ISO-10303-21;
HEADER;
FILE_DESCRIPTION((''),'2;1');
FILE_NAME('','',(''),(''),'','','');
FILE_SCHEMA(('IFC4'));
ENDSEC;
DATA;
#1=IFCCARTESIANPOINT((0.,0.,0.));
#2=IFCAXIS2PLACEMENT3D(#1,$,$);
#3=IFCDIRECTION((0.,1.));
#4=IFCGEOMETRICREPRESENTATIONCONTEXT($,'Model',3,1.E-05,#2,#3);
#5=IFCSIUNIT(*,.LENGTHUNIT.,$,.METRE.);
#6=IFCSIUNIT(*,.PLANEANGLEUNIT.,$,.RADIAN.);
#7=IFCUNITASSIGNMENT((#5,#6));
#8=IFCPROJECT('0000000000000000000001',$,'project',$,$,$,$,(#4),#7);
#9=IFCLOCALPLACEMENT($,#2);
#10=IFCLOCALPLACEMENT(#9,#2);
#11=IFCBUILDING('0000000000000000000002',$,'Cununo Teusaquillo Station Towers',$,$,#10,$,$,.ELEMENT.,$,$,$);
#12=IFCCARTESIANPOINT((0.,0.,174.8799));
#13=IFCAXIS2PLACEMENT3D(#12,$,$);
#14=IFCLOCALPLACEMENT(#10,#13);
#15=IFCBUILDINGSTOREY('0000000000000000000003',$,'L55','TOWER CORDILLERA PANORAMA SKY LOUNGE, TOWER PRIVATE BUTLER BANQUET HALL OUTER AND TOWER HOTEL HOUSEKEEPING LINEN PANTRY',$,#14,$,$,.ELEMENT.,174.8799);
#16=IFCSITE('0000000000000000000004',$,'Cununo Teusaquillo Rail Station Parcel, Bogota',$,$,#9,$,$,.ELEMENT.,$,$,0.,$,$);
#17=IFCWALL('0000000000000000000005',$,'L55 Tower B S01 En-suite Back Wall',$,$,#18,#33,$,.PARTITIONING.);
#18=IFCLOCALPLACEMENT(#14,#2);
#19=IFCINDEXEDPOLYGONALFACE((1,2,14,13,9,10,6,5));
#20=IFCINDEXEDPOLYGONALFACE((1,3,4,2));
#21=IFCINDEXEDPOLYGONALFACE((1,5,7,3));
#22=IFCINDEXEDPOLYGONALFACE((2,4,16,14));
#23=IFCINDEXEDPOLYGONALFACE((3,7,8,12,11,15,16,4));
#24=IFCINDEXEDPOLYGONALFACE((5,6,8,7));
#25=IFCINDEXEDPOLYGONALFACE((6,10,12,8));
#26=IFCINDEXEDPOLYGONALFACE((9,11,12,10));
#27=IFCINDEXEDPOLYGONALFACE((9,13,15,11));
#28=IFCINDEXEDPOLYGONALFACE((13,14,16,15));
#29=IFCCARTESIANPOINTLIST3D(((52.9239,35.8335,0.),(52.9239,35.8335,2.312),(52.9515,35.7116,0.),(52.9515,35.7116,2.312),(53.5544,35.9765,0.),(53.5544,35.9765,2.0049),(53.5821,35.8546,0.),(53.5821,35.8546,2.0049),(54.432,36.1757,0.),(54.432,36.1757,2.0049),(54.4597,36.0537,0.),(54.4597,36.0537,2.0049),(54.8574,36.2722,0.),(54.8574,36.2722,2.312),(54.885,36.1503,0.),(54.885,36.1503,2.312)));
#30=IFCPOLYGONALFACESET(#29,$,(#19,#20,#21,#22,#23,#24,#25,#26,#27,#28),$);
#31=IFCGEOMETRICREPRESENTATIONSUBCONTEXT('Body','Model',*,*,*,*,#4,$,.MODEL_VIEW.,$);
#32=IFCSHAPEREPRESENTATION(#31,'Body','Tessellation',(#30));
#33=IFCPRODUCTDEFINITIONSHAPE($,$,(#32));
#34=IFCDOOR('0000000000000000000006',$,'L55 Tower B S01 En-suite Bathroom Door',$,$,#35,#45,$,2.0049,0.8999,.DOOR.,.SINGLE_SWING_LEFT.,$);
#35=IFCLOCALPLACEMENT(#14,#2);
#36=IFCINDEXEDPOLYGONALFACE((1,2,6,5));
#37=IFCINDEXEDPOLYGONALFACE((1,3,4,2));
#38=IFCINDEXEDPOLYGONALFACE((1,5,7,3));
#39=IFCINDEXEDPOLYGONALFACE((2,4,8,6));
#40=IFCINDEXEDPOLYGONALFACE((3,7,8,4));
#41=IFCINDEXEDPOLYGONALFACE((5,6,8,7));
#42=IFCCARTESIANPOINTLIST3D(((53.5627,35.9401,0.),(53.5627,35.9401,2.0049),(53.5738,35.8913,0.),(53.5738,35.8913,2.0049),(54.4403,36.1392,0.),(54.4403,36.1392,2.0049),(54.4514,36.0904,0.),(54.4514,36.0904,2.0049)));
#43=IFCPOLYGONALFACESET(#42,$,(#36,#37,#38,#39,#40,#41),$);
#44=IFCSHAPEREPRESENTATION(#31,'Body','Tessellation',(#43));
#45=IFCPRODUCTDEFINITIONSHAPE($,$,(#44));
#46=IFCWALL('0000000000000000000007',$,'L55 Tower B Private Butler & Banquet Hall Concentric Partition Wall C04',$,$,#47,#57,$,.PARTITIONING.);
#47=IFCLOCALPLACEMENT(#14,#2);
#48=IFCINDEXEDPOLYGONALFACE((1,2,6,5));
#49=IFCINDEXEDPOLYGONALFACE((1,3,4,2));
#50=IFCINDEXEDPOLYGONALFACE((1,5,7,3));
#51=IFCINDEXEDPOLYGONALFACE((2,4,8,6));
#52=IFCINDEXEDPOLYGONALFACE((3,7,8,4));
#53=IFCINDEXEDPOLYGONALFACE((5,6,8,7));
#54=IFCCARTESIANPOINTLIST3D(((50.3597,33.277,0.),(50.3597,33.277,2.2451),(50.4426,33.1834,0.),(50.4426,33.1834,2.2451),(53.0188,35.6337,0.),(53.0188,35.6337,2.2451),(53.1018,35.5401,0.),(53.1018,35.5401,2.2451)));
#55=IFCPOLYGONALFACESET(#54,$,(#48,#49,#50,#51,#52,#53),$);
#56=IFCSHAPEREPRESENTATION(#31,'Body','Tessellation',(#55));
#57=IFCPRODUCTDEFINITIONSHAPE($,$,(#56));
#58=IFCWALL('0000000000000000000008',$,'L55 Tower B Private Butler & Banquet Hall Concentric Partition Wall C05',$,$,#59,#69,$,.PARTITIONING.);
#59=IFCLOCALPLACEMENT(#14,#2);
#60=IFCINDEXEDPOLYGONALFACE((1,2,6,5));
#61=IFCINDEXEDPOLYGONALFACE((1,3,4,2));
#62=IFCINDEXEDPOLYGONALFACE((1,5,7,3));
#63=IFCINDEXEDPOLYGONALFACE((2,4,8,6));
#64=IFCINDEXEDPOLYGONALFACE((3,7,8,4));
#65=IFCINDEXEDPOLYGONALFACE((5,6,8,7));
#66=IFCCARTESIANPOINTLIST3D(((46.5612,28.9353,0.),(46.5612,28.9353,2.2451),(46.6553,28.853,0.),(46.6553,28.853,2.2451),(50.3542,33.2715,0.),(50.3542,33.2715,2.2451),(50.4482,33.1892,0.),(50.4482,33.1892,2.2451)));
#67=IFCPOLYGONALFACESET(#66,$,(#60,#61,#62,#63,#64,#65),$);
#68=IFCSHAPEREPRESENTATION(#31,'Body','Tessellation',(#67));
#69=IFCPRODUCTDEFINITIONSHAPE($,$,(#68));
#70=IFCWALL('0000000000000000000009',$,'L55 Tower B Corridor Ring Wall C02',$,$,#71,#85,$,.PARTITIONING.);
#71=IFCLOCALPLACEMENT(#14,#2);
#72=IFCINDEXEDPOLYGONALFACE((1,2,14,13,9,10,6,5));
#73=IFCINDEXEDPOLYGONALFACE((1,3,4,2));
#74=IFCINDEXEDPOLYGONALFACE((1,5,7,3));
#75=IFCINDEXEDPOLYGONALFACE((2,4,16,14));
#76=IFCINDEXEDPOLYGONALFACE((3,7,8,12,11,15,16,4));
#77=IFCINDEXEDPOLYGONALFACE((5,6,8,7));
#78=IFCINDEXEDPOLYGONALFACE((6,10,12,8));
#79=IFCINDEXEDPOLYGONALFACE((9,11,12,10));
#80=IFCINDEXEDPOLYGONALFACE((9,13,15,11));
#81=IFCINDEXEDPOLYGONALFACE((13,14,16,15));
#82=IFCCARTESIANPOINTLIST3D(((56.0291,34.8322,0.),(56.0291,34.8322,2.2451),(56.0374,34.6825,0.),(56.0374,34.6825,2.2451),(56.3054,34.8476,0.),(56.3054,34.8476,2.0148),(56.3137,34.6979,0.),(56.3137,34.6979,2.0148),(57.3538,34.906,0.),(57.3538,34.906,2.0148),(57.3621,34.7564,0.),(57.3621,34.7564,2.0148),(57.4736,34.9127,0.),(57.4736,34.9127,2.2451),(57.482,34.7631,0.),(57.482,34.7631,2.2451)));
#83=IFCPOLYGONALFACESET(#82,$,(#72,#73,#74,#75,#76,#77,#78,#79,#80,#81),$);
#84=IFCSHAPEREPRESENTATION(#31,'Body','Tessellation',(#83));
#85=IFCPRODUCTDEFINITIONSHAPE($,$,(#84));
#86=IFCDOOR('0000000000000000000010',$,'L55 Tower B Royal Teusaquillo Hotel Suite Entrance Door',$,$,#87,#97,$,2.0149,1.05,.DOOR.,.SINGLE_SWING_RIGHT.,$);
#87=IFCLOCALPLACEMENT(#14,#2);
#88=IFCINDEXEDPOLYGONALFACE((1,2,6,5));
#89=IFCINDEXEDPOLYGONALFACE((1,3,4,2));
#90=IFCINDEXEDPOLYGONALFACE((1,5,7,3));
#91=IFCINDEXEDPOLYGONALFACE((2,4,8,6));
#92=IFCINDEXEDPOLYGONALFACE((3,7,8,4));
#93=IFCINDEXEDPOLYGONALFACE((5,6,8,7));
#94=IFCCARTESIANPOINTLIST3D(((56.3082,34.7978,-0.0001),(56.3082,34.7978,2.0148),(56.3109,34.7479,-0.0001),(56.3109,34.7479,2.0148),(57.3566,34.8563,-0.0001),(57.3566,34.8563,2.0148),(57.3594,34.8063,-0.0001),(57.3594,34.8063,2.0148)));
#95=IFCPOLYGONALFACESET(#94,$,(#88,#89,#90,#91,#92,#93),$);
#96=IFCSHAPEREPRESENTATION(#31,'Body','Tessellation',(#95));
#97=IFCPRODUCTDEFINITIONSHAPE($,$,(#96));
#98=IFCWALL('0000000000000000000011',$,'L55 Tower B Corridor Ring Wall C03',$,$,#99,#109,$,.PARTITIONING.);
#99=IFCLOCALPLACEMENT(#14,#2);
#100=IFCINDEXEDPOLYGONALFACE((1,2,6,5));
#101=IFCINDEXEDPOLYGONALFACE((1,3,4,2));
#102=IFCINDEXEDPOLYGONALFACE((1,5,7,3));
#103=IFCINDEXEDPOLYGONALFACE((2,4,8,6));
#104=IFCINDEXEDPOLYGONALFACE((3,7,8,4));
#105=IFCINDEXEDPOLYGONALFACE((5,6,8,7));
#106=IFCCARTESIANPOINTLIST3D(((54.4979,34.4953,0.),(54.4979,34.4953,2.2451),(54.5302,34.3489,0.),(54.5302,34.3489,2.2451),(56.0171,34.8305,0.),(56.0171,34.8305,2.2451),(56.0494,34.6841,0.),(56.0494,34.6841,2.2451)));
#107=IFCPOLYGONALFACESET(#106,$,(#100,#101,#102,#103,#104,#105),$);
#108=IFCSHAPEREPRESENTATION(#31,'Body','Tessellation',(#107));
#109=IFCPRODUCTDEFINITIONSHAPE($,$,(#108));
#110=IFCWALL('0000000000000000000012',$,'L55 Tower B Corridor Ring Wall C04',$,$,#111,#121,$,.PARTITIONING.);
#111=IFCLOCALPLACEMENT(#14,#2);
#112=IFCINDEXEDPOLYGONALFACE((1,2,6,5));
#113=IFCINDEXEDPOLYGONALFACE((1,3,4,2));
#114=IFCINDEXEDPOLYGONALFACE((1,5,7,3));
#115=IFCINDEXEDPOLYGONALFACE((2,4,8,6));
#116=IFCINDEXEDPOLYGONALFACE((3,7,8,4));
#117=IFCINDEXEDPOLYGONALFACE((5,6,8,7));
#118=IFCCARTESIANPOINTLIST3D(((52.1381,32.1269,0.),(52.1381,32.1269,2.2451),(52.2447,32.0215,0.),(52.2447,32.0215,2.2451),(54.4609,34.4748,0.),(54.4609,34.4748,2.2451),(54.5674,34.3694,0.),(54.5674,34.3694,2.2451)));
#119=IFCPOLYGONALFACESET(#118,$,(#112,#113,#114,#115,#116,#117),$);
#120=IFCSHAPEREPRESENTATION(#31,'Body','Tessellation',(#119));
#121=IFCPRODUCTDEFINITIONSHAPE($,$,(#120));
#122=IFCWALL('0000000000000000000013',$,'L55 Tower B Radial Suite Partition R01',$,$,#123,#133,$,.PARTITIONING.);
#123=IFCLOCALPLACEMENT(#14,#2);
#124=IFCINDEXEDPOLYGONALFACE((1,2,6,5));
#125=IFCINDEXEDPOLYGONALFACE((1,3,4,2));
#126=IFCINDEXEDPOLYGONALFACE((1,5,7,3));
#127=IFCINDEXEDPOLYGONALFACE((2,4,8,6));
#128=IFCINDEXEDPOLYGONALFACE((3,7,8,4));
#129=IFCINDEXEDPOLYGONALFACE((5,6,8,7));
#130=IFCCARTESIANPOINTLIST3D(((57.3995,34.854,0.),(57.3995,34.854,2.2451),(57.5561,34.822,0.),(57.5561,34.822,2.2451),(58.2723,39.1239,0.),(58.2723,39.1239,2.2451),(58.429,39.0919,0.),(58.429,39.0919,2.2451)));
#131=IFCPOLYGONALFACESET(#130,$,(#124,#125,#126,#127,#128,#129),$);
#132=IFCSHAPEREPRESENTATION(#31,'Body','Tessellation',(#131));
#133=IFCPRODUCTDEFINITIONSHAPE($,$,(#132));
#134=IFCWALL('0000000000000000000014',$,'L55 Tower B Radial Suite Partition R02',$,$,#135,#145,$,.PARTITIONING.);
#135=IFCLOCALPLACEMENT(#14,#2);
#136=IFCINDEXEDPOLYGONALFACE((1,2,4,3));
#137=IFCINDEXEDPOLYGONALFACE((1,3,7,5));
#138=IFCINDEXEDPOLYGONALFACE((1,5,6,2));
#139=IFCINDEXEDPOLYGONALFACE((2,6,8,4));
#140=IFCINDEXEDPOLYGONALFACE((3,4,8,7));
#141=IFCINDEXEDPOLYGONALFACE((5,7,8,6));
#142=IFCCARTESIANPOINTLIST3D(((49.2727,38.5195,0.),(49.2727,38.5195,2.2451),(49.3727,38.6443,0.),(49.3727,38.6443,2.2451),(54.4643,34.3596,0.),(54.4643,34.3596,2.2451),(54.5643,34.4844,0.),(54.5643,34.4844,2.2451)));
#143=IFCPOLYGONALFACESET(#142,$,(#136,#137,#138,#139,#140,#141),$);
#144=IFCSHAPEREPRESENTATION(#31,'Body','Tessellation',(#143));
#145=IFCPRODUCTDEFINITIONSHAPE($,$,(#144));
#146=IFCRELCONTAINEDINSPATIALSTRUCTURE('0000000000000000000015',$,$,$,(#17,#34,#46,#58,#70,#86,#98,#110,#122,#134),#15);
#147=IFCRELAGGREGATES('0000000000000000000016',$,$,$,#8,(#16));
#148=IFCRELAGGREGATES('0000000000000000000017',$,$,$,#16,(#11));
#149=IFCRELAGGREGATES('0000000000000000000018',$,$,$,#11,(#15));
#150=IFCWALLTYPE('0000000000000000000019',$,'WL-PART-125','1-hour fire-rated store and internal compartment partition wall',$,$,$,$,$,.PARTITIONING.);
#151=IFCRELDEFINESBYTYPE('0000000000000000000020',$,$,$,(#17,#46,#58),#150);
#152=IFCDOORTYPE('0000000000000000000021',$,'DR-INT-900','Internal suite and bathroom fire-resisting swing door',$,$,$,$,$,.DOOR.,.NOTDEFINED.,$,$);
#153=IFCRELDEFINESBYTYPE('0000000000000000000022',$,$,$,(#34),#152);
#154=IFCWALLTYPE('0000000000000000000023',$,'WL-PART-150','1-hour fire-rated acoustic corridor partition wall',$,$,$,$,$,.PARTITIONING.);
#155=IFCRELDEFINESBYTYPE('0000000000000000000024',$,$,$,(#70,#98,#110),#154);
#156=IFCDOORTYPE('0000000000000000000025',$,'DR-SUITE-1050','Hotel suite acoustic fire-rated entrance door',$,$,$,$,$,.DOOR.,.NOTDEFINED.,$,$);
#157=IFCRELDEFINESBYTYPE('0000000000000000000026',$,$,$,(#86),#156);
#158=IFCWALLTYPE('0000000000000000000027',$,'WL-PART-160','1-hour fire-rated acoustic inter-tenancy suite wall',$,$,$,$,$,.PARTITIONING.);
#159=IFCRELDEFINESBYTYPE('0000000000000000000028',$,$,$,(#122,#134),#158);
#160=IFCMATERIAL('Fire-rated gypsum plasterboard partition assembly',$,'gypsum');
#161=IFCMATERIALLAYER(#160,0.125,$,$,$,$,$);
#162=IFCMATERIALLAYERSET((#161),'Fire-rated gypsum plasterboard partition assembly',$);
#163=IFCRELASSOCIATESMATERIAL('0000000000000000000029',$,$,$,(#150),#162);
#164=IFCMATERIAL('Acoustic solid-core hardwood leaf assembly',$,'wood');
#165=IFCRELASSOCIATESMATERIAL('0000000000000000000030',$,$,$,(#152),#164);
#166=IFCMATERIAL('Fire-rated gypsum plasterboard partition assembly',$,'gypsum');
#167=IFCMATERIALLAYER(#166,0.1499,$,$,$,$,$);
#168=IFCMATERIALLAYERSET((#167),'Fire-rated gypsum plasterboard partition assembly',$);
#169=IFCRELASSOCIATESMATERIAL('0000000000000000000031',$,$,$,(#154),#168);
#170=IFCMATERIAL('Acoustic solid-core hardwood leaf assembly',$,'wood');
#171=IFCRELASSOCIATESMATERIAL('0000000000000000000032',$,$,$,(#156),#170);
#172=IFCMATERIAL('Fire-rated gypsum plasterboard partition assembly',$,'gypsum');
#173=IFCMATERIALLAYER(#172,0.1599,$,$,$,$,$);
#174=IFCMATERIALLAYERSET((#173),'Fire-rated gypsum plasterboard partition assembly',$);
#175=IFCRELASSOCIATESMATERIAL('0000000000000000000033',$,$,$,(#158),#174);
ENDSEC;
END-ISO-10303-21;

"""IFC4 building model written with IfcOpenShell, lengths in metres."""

from ifc_helpers import new_model, si_unit, direction, frame, frame_2d, origin, place, context, subcontext, project, spatial, rectangle, extrude, source, transform, mapped, material, layer, layer_set, type_object, element, fill, save


model = new_model("IFC4")

# Units and contexts
model_context = context("Model", 3, precision=1e-05, world=origin(), true_north=direction((0.0, 1.0)))
body_context = subcontext(model_context, "Body", "Model", "MODEL_VIEW")
ifc_project = project(units=[si_unit("LENGTHUNIT", "METRE"), si_unit("PLANEANGLEUNIT", "RADIAN")], contexts=[model_context])

# Site, building, storey
site_placement = place(None, origin())
site = spatial("IfcSite", under=ifc_project, at=site_placement, Name="Cununo Teusaquillo Rail Station Parcel, Bogota", CompositionType="ELEMENT", RefElevation=0.0)
building_placement = place(site_placement, origin())
building = spatial("IfcBuilding", under=site, at=building_placement, Name="Cununo Teusaquillo Station Towers", CompositionType="ELEMENT")
storey_placement = place(building_placement, frame((0.0, 0.0, 174.8799)))
storey = spatial("IfcBuildingStorey", under=building, at=storey_placement, Name="L55", Description="TOWER CORDILLERA PANORAMA SKY LOUNGE, TOWER PRIVATE BUTLER BANQUET HALL OUTER AND TOWER HOTEL HOUSEKEEPING LINEN PANTRY", CompositionType="ELEMENT", Elevation=174.8799)

# Shared definitions
ifc_material_1 = material(Name="Fire-rated gypsum plasterboard partition assembly", Category="gypsum")
ifc_layer_1 = layer(ifc_material_1, 0.125)
ifc_layer_set_1 = layer_set([ifc_layer_1], Name="Fire-rated gypsum plasterboard partition assembly")
wall_type_1 = type_object("IfcWallType", Name="WL-PART-125", Description="1-hour fire-rated store and internal compartment partition wall", PredefinedType="PARTITIONING", material=ifc_layer_set_1)

# Wall, opening, door
wall_1_placement = place(storey_placement, frame((54.8711, 36.2112, 0.0), z_axis=(0.0, 0.0, 1.0), x_axis=(-0.975213, -0.22127, 0.0)))
wall_1 = element("IfcWall", 1, at=wall_1_placement, inside=storey, type_object=wall_type_1, Name="L55 Tower B S01 En-suite Back Wall", PredefinedType="PARTITIONING", context=body_context, shape_type="SweptSolid", body=[
    extrude(rectangle(XDim=1.9827, YDim=0.125, at=frame_2d((0.9912, 0.0))), origin(), (0.0, 0.0, 1.0), 2.312),
])
shared_shape_1 = source(origin(), body_context, "Body", "SweptSolid", [
    extrude(rectangle(XDim=0.8999, YDim=2.0049, at=frame_2d((0.45, 1.0024))), frame((0.0, 0.0725, 0.0), z_axis=(0.0, -1.0, 0.0), x_axis=(1.0, 0.0, 0.0)), (0.0, 0.0, 1.0), 0.145),
])
opening_1_placement = place(wall_1_placement, frame((0.436, 0.0, 0.0)))
opening_1 = element("IfcOpeningElement", 2, at=opening_1_placement, cuts=wall_1, PredefinedType="OPENING", context=body_context, shape_type="MappedRepresentation", body=[
    mapped(shared_shape_1, transform((0.0, 0.0, 0.0), x_axis=(1.0, 0.0, 0.0), y_axis=(0.0, 1.0, 0.0), z_axis=(0.0, 0.0, 1.0), scale=1.0)),
])
ifc_material_2 = material(Name="Acoustic solid-core hardwood leaf assembly", Category="wood")
door_type_1 = type_object("IfcDoorType", Name="DR-INT-900", Description="Internal suite and bathroom fire-resisting swing door", OperationType="NOTDEFINED", PredefinedType="DOOR", material=ifc_material_2)
shared_shape_2 = source(origin(), body_context, "Body", "SweptSolid", [
    extrude(rectangle(XDim=0.8999, YDim=2.0049, at=frame_2d((0.45, 1.0024))), frame((0.0, 0.0249, 0.0), z_axis=(0.0, -1.0, 0.0), x_axis=(1.0, 0.0, 0.0)), (0.0, 0.0, 1.0), 0.05),
])
door_1_placement = place(opening_1_placement, origin())
door_1 = element("IfcDoor", 3, at=door_1_placement, inside=storey, type_object=door_type_1, Name="L55 Tower B S01 En-suite Bathroom Door", OperationType="SINGLE_SWING_LEFT", OverallHeight=2.0049, OverallWidth=0.8999, PredefinedType="DOOR", context=body_context, shape_type="MappedRepresentation", body=[
    mapped(shared_shape_2, transform((0.0, 0.0, 0.0), x_axis=(1.0, 0.0, 0.0), y_axis=(0.0, 1.0, 0.0), z_axis=(0.0, 0.0, 1.0), scale=1.0)),
])
fill(opening_1, door_1)

# Walls
wall_2_placement = place(storey_placement, frame((53.0603, 35.5869, 0.0), z_axis=(0.0, 0.0, 1.0), x_axis=(-0.74839, -0.663259, 0.0)))
element("IfcWall", 4, at=wall_2_placement, inside=storey, type_object=wall_type_1, Name="L55 Tower B Private Butler & Banquet Hall Concentric Partition Wall C04", PredefinedType="PARTITIONING", context=body_context, shape_type="SweptSolid", body=[
    extrude(rectangle(XDim=3.5532, YDim=0.125, at=frame_2d((1.7766, 0.0))), origin(), (0.0, 0.0, 1.0), 2.2451),
])
wall_3_placement = place(storey_placement, frame((50.4011, 33.2302, 0.0), z_axis=(0.0, 0.0, 1.0), x_axis=(-0.658388, -0.752679, 0.0)))
element("IfcWall", 5, at=wall_3_placement, inside=storey, type_object=wall_type_1, Name="L55 Tower B Private Butler & Banquet Hall Concentric Partition Wall C05", PredefinedType="PARTITIONING", context=body_context, shape_type="SweptSolid", body=[
    extrude(rectangle(XDim=5.761, YDim=0.125, at=frame_2d((2.8804, 0.0))), origin(), (0.0, 0.0, 1.0), 2.2451),
])

# Wall, opening, door
ifc_material_3 = material(Name="Fire-rated gypsum plasterboard partition assembly", Category="gypsum")
ifc_layer_2 = layer(ifc_material_3, 0.1499)
ifc_layer_set_2 = layer_set([ifc_layer_2], Name="Fire-rated gypsum plasterboard partition assembly")
wall_type_2 = type_object("IfcWallType", Name="WL-PART-150", Description="1-hour fire-rated acoustic corridor partition wall", PredefinedType="PARTITIONING", material=ifc_layer_set_2)
wall_4_placement = place(storey_placement, frame((57.4778, 34.8379, 0.0), z_axis=(0.0, 0.0, 1.0), x_axis=(-0.998448, -0.055685, 0.0)))
wall_4 = element("IfcWall", 6, at=wall_4_placement, inside=storey, type_object=wall_type_2, Name="L55 Tower B Corridor Ring Wall C02", PredefinedType="PARTITIONING", context=body_context, shape_type="SweptSolid", body=[
    extrude(rectangle(XDim=1.4468, YDim=0.1499, at=frame_2d((0.7234, 0.0))), origin(), (0.0, 0.0, 1.0), 2.2451),
])
shared_shape_3 = source(origin(), body_context, "Body", "SweptSolid", [
    extrude(rectangle(XDim=1.05, YDim=2.0149, at=frame_2d((0.5249, 1.0073))), frame((0.0, 0.085, 0.0), z_axis=(0.0, -1.0, 0.0), x_axis=(1.0, 0.0, 0.0)), (0.0, 0.0, 1.0), 0.1699),
])
opening_2_placement = place(wall_4_placement, frame((0.1201, 0.0, 0.0)))
opening_2 = element("IfcOpeningElement", 7, at=opening_2_placement, cuts=wall_4, PredefinedType="OPENING", context=body_context, shape_type="MappedRepresentation", body=[
    mapped(shared_shape_3, transform((0.0, 0.0, 0.0), x_axis=(1.0, 0.0, 0.0), y_axis=(0.0, 1.0, 0.0), z_axis=(0.0, 0.0, 1.0), scale=1.0)),
])
ifc_material_4 = material(Name="Acoustic solid-core hardwood leaf assembly", Category="wood")
door_type_2 = type_object("IfcDoorType", Name="DR-SUITE-1050", Description="Hotel suite acoustic fire-rated entrance door", OperationType="NOTDEFINED", PredefinedType="DOOR", material=ifc_material_4)
shared_shape_4 = source(origin(), body_context, "Body", "SweptSolid", [
    extrude(rectangle(XDim=1.05, YDim=2.0149, at=frame_2d((0.5249, 1.0073))), frame((0.0, 0.0249, 0.0), z_axis=(0.0, -1.0, 0.0), x_axis=(1.0, 0.0, 0.0)), (0.0, 0.0, 1.0), 0.05),
])
door_2_placement = place(opening_2_placement, origin())
door_2 = element("IfcDoor", 8, at=door_2_placement, inside=storey, type_object=door_type_2, Name="L55 Tower B Royal Teusaquillo Hotel Suite Entrance Door", OperationType="SINGLE_SWING_RIGHT", OverallHeight=2.0149, OverallWidth=1.05, PredefinedType="DOOR", context=body_context, shape_type="MappedRepresentation", body=[
    mapped(shared_shape_4, transform((0.0, 0.0, 0.0), x_axis=(1.0, 0.0, 0.0), y_axis=(0.0, 1.0, 0.0), z_axis=(0.0, 0.0, 1.0), scale=1.0)),
])
fill(opening_2, door_2)

# Walls
wall_5_placement = place(storey_placement, frame((56.0332, 34.7573, 0.0), z_axis=(0.0, 0.0, 1.0), x_axis=(-0.976507, -0.215484, 0.0)))
element("IfcWall", 9, at=wall_5_placement, inside=storey, type_object=wall_type_2, Name="L55 Tower B Corridor Ring Wall C03", PredefinedType="PARTITIONING", context=body_context, shape_type="SweptSolid", body=[
    extrude(rectangle(XDim=1.5557, YDim=0.1499, at=frame_2d((0.7778, 0.0))), origin(), (0.0, 0.0, 1.0), 2.2451),
])
wall_6_placement = place(storey_placement, frame((54.5142, 34.4221, 0.0), z_axis=(0.0, 0.0, 1.0), x_axis=(-0.70329, -0.710903, 0.0)))
element("IfcWall", 10, at=wall_6_placement, inside=storey, type_object=wall_type_2, Name="L55 Tower B Corridor Ring Wall C04", PredefinedType="PARTITIONING", context=body_context, shape_type="SweptSolid", body=[
    extrude(rectangle(XDim=3.3027, YDim=0.1499, at=frame_2d((1.6514, 0.0))), origin(), (0.0, 0.0, 1.0), 2.2451),
])
ifc_material_5 = material(Name="Fire-rated gypsum plasterboard partition assembly", Category="gypsum")
ifc_layer_3 = layer(ifc_material_5, 0.1599)
ifc_layer_set_3 = layer_set([ifc_layer_3], Name="Fire-rated gypsum plasterboard partition assembly")
wall_type_3 = type_object("IfcWallType", Name="WL-PART-160", Description="1-hour fire-rated acoustic inter-tenancy suite wall", PredefinedType="PARTITIONING", material=ifc_layer_set_3)
wall_7_placement = place(storey_placement, frame((57.4778, 34.8379, 0.0), z_axis=(0.0, 0.0, 1.0), x_axis=(0.200273, 0.97974, 0.0)))
element("IfcWall", 11, at=wall_7_placement, inside=storey, type_object=wall_type_3, Name="L55 Tower B Radial Suite Partition R01", PredefinedType="PARTITIONING", context=body_context, shape_type="SweptSolid", body=[
    extrude(rectangle(XDim=4.3582, YDim=0.1599, at=frame_2d((2.1792, 0.0))), origin(), (0.0, 0.0, 1.0), 2.2451),
])
wall_8_placement = place(storey_placement, frame((54.5142, 34.4221, 0.0), z_axis=(0.0, 0.0, 1.0), x_axis=(-0.780385, 0.625299, 0.0)))
element("IfcWall", 12, at=wall_8_placement, inside=storey, type_object=wall_type_3, Name="L55 Tower B Radial Suite Partition R02", PredefinedType="PARTITIONING", context=body_context, shape_type="SweptSolid", body=[
    extrude(rectangle(XDim=6.6526, YDim=0.1599, at=frame_2d((3.3262, 0.0))), origin(), (0.0, 0.0, 1.0), 2.2451),
])

save(model, "model.ifc")
